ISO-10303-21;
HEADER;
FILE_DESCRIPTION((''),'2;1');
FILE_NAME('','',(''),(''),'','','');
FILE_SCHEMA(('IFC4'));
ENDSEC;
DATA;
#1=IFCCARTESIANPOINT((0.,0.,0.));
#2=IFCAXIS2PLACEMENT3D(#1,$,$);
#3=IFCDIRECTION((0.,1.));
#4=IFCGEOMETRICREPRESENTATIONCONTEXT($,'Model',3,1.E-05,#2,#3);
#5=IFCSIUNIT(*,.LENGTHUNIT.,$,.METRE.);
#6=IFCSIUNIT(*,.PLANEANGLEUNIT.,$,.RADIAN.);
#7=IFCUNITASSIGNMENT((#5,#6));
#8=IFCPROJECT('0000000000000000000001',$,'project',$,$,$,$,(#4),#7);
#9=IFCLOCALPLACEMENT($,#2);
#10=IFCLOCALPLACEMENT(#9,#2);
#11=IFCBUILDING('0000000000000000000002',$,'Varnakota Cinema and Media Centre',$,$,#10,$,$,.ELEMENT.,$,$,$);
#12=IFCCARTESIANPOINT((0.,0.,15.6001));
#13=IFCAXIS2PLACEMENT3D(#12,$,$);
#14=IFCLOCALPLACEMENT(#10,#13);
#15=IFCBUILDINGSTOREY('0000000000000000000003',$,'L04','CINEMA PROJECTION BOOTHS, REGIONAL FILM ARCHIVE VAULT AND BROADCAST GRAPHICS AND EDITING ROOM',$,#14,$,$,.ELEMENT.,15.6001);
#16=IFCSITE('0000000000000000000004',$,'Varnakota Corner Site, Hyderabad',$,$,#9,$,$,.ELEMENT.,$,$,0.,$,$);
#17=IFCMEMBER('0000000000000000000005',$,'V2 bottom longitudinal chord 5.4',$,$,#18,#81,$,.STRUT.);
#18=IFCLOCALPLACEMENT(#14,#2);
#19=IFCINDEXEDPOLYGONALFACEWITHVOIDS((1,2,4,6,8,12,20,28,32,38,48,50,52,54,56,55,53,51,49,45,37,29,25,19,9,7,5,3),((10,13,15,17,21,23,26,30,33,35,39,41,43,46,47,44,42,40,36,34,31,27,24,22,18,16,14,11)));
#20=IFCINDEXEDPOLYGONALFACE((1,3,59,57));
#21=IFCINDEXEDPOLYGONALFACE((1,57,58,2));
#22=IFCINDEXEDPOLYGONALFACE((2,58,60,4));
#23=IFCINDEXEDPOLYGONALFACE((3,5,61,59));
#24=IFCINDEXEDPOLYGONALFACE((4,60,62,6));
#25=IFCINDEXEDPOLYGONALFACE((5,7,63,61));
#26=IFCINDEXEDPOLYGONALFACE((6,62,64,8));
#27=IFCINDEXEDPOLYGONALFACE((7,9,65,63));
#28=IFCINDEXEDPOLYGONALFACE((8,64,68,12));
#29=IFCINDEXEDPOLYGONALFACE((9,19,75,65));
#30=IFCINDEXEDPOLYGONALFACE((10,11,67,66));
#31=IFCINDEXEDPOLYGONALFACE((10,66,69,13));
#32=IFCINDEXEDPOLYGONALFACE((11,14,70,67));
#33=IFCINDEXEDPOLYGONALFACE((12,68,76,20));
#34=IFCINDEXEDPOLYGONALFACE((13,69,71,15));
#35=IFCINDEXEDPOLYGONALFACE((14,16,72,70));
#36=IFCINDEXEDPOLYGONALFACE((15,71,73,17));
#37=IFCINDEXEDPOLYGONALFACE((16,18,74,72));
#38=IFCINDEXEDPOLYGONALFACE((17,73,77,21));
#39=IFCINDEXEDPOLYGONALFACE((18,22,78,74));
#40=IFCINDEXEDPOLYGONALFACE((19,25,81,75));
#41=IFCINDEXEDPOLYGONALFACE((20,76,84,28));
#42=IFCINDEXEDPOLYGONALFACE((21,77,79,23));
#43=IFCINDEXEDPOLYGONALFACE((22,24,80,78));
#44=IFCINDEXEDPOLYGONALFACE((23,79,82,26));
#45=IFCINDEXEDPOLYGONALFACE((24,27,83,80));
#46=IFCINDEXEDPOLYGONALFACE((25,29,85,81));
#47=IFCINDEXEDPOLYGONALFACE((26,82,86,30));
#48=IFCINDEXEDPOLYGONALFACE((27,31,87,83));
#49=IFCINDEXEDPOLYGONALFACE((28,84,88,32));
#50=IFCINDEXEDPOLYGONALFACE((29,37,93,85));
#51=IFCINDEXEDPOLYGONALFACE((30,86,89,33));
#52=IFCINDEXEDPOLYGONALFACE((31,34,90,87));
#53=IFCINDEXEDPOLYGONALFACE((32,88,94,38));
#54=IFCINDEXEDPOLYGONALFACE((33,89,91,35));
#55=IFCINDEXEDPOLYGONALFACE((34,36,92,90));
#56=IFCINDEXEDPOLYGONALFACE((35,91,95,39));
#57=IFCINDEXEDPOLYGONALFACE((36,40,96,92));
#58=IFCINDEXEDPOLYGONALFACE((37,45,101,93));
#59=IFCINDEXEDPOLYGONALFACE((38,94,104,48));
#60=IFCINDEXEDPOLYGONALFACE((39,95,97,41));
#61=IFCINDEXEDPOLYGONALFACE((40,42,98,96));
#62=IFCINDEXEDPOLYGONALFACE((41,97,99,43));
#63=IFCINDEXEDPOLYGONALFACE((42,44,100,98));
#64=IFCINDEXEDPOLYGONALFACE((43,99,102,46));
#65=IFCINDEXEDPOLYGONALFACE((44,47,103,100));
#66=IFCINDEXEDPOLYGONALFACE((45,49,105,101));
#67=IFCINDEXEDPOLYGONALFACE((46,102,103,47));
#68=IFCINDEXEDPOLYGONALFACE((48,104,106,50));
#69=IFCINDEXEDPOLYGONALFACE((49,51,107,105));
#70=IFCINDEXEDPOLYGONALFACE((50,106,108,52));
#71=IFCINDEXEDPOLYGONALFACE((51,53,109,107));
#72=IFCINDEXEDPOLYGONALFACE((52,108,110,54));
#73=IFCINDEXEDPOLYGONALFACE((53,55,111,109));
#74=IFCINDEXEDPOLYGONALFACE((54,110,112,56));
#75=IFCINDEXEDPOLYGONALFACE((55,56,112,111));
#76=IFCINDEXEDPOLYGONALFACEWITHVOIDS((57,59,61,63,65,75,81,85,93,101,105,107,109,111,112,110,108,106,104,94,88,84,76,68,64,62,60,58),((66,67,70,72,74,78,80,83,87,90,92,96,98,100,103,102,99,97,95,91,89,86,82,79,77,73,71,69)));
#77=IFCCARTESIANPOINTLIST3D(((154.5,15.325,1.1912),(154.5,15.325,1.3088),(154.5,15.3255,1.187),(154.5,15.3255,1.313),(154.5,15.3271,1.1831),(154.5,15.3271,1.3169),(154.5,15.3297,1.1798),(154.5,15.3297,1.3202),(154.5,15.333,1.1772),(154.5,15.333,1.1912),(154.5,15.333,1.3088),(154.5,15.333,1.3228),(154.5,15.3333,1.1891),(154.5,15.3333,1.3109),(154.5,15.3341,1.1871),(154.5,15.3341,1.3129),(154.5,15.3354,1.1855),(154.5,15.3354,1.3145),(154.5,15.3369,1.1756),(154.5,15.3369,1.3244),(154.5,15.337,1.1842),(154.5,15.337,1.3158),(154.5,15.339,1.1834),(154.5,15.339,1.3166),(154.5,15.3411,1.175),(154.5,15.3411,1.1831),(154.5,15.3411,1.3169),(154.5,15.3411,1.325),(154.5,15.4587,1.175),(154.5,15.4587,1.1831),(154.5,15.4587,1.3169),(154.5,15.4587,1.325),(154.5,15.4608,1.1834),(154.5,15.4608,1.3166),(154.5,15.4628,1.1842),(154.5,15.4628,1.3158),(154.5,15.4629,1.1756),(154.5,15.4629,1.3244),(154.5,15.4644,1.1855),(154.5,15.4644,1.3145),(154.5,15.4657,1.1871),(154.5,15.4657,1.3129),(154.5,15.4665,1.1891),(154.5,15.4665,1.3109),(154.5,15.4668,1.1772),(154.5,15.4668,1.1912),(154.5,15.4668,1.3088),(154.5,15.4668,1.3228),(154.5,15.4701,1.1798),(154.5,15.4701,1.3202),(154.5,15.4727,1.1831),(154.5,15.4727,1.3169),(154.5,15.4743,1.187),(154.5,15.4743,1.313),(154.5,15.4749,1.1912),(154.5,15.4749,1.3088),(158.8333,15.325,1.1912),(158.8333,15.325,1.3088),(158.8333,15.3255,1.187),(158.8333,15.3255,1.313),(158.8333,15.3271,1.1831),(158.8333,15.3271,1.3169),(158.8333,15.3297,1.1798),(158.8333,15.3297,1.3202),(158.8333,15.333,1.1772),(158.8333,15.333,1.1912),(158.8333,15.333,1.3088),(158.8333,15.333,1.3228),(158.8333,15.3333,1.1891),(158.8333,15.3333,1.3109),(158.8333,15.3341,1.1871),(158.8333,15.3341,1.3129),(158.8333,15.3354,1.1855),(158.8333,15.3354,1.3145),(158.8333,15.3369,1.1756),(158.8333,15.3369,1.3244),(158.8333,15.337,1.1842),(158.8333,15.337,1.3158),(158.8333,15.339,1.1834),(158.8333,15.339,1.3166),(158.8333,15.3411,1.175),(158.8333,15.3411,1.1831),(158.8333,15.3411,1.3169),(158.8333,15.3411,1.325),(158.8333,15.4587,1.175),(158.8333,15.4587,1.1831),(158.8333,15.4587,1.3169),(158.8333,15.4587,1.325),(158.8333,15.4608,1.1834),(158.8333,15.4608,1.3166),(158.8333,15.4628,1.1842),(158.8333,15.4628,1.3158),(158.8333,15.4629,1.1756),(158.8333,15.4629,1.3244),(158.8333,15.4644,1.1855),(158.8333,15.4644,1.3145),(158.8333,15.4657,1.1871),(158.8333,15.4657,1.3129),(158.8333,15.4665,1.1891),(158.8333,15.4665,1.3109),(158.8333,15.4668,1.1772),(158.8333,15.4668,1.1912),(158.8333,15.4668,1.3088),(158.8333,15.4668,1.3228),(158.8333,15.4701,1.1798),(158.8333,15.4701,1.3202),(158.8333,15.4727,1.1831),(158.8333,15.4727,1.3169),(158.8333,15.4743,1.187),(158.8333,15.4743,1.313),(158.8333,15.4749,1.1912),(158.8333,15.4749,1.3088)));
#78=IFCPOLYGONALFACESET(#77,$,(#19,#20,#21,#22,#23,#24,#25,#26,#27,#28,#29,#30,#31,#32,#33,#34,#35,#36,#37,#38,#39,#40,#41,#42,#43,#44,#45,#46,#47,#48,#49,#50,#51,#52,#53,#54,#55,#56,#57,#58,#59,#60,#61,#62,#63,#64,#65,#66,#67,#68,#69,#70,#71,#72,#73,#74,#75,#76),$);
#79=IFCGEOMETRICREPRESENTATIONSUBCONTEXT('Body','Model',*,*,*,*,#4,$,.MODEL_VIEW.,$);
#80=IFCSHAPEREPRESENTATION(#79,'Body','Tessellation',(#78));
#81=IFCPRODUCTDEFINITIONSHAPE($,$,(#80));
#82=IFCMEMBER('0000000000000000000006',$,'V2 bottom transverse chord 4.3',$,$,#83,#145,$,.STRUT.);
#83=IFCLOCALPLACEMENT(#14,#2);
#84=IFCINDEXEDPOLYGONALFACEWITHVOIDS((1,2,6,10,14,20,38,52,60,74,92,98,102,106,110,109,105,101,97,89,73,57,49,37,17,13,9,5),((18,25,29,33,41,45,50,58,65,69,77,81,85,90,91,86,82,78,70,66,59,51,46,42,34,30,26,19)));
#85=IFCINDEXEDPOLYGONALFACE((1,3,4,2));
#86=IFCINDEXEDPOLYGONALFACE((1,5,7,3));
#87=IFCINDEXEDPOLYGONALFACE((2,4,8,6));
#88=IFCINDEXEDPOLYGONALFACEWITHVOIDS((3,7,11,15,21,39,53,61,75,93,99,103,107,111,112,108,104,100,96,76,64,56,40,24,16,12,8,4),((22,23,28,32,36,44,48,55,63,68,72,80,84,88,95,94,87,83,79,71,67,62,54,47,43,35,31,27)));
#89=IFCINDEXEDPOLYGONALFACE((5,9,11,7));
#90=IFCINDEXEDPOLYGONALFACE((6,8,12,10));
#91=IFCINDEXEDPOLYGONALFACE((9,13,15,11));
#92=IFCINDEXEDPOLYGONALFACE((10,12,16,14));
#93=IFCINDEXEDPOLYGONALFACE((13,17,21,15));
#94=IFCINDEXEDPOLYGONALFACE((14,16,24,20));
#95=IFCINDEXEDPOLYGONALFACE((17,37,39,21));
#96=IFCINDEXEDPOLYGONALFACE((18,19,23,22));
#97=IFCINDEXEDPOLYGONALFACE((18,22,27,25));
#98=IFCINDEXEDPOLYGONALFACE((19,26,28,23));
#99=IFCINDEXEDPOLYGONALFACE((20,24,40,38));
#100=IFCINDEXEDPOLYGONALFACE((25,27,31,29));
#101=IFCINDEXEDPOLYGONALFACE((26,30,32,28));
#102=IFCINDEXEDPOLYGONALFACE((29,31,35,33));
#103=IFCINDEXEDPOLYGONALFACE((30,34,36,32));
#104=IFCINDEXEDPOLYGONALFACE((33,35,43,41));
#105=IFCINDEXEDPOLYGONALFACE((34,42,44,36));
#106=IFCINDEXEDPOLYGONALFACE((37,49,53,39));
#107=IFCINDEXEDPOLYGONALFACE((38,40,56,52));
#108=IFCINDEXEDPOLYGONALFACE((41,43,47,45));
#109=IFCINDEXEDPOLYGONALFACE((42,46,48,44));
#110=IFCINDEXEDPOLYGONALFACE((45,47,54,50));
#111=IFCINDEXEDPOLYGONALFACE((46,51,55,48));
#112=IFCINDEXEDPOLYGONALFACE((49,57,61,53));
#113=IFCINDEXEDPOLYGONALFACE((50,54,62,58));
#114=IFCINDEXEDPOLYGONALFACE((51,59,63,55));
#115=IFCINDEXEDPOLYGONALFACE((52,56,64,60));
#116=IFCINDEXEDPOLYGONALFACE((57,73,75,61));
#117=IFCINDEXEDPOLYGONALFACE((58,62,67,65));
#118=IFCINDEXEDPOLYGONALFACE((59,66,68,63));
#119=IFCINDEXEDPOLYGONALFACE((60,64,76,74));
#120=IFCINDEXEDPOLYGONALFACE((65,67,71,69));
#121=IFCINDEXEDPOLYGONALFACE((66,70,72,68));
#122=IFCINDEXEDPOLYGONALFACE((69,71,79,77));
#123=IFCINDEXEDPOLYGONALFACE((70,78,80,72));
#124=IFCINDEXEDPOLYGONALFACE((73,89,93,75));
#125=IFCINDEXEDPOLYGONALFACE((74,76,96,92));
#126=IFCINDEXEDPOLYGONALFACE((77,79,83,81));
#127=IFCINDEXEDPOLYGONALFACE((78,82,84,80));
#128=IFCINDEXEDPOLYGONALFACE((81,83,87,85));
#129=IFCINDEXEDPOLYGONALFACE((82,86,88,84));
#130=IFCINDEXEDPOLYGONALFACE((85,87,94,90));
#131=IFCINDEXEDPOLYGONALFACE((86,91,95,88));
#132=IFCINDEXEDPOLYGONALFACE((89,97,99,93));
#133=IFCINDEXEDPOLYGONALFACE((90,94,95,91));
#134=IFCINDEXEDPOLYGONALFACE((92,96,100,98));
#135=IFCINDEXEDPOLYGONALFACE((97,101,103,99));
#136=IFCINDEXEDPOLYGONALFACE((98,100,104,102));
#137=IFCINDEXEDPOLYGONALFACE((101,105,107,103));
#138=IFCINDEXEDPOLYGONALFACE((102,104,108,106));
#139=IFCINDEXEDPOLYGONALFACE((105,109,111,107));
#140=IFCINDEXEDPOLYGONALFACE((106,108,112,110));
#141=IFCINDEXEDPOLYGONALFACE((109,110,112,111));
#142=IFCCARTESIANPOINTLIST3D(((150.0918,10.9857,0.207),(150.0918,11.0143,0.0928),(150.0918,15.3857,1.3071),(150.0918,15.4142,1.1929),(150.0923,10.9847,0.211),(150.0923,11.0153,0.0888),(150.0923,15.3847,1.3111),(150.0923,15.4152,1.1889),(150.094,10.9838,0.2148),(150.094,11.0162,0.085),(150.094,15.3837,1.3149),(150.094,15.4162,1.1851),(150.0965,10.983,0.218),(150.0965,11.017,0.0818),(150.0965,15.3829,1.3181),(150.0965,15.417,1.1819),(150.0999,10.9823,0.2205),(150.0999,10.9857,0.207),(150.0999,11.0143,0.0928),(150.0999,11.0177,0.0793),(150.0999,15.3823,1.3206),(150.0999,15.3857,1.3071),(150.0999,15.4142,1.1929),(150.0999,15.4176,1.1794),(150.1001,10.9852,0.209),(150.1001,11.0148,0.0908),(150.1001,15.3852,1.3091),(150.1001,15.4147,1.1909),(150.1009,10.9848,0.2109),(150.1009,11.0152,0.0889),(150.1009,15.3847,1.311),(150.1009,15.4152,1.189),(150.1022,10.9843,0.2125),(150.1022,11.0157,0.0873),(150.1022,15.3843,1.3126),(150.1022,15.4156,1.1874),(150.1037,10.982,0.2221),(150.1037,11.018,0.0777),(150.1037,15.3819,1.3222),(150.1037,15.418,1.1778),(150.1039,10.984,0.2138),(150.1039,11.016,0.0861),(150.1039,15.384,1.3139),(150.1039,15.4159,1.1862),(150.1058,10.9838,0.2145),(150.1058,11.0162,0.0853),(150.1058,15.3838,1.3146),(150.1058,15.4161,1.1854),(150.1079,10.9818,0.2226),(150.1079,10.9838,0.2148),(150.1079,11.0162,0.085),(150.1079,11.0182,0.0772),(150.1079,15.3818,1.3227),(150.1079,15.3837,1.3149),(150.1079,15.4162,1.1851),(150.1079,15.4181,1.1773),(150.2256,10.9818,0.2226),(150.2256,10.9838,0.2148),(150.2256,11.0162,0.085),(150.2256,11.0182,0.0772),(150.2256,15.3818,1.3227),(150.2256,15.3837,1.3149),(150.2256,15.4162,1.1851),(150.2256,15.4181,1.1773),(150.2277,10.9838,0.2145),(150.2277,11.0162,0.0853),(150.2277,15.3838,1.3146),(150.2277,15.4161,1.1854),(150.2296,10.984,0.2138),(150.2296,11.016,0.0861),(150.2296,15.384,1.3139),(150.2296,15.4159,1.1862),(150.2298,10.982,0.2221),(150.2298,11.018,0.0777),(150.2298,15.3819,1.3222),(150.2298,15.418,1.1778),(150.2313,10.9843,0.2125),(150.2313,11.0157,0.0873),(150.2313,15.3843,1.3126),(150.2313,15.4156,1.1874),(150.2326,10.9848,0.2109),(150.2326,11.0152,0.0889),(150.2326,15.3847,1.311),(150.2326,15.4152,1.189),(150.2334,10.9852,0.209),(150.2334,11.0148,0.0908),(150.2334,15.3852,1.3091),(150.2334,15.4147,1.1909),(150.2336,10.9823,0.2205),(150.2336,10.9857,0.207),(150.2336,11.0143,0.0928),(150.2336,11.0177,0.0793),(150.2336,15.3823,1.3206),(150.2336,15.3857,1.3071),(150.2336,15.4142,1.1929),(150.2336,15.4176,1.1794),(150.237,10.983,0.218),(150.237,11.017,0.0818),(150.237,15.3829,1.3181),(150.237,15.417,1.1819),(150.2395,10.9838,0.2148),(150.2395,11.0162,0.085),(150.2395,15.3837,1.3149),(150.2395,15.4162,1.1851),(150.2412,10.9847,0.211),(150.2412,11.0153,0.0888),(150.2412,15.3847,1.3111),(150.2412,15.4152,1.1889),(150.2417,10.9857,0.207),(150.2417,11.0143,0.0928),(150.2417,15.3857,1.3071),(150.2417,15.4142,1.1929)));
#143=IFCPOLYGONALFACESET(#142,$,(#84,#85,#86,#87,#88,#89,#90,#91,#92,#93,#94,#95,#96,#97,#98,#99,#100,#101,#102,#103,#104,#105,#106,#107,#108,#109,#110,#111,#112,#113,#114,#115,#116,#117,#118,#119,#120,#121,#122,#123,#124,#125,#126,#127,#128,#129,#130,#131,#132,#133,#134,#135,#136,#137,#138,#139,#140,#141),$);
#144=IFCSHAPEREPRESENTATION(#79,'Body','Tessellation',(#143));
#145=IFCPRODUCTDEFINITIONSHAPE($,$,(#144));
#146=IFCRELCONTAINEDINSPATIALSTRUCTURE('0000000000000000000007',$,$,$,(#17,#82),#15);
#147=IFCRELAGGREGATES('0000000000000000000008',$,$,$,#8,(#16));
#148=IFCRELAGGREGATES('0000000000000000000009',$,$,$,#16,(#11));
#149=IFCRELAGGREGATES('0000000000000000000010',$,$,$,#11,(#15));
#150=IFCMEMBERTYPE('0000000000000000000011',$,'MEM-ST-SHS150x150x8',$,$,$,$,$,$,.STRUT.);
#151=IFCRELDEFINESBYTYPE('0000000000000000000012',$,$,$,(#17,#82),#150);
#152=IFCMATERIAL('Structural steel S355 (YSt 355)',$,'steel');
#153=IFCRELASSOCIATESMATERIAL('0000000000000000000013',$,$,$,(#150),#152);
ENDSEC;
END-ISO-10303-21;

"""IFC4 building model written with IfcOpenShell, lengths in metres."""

from ifc_helpers import new_model, si_unit, direction, frame, origin, origin_2d, place, context, subcontext, project, spatial, hollow_rectangle, extrude, material, material_profile, profile_set, type_object, element, save


model = new_model("IFC4")

# Units and contexts
model_context = context("Model", 3, precision=1e-05, world=origin(), true_north=direction((0.0, 1.0)))
body_context = subcontext(model_context, "Body", "Model", "MODEL_VIEW")
ifc_project = project(units=[si_unit("LENGTHUNIT", "METRE"), si_unit("PLANEANGLEUNIT", "RADIAN")], contexts=[model_context])

# Site, building, storey
site_placement = place(None, origin())
site = spatial("IfcSite", under=ifc_project, at=site_placement, Name="Varnakota Corner Site, Hyderabad", CompositionType="ELEMENT", RefElevation=0.0)
building_placement = place(site_placement, origin())
building = spatial("IfcBuilding", under=site, at=building_placement, Name="Varnakota Cinema and Media Centre", CompositionType="ELEMENT")
storey_placement = place(building_placement, frame((0.0, 0.0, 15.6001)))
storey = spatial("IfcBuildingStorey", under=building, at=storey_placement, Name="L04", Description="CINEMA PROJECTION BOOTHS, REGIONAL FILM ARCHIVE VAULT AND BROADCAST GRAPHICS AND EDITING ROOM", CompositionType="ELEMENT", Elevation=15.6001)

# Members
ifc_material_1 = material(Name="Structural steel S355 (YSt 355)", Category="steel")
ifc_material_profile_1 = material_profile(ifc_material_1, hollow_rectangle(XDim=0.1499, YDim=0.1499, WallThickness=0.0081, InnerFilletRadius=0.0081, OuterFilletRadius=0.0161, at=origin_2d()), Name="SHS 150x150x8")
ifc_profile_set_1 = profile_set([ifc_material_profile_1], Name="Structural steel S355 (YSt 355)")
member_type_1 = type_object("IfcMemberType", Name="MEM-ST-SHS150x150x8", PredefinedType="STRUT", material=ifc_profile_set_1)
for number, where, z_axis, x_axis, name in (
    (1, (154.5, 15.3999, 1.25), (1.0, 0.0, 0.0), (0.0, 1.0, 0.0), "V2 bottom longitudinal chord 5.4"),
):
    element("IfcMember", number, at=place(storey_placement, frame(where, z_axis=z_axis, x_axis=x_axis)), inside=storey, type_object=member_type_1, Name=name, PredefinedType="STRUT", context=body_context, shape_type="SweptSolid", body=[
        extrude(hollow_rectangle(XDim=0.1499, YDim=0.1499, WallThickness=0.0081, InnerFilletRadius=0.0081, OuterFilletRadius=0.0161, at=origin_2d()), origin(), (0.0, 0.0, 1.0), 4.3333),
    ])
member_1_placement = place(storey_placement, frame((150.1667, 11.0, 0.1499), z_axis=(0.0, 0.970136, 0.242561), x_axis=(-1.0, 0.0, 0.0)))
element("IfcMember", 2, at=member_1_placement, inside=storey, type_object=member_type_1, Name="V2 bottom transverse chord 4.3", PredefinedType="STRUT", context=body_context, shape_type="SweptSolid", body=[
    extrude(hollow_rectangle(XDim=0.1499, YDim=0.1499, WallThickness=0.0081, InnerFilletRadius=0.0081, OuterFilletRadius=0.0161, at=origin_2d()), origin(), (0.0, 0.0, 1.0), 4.5354),
])

save(model, "model.ifc")
